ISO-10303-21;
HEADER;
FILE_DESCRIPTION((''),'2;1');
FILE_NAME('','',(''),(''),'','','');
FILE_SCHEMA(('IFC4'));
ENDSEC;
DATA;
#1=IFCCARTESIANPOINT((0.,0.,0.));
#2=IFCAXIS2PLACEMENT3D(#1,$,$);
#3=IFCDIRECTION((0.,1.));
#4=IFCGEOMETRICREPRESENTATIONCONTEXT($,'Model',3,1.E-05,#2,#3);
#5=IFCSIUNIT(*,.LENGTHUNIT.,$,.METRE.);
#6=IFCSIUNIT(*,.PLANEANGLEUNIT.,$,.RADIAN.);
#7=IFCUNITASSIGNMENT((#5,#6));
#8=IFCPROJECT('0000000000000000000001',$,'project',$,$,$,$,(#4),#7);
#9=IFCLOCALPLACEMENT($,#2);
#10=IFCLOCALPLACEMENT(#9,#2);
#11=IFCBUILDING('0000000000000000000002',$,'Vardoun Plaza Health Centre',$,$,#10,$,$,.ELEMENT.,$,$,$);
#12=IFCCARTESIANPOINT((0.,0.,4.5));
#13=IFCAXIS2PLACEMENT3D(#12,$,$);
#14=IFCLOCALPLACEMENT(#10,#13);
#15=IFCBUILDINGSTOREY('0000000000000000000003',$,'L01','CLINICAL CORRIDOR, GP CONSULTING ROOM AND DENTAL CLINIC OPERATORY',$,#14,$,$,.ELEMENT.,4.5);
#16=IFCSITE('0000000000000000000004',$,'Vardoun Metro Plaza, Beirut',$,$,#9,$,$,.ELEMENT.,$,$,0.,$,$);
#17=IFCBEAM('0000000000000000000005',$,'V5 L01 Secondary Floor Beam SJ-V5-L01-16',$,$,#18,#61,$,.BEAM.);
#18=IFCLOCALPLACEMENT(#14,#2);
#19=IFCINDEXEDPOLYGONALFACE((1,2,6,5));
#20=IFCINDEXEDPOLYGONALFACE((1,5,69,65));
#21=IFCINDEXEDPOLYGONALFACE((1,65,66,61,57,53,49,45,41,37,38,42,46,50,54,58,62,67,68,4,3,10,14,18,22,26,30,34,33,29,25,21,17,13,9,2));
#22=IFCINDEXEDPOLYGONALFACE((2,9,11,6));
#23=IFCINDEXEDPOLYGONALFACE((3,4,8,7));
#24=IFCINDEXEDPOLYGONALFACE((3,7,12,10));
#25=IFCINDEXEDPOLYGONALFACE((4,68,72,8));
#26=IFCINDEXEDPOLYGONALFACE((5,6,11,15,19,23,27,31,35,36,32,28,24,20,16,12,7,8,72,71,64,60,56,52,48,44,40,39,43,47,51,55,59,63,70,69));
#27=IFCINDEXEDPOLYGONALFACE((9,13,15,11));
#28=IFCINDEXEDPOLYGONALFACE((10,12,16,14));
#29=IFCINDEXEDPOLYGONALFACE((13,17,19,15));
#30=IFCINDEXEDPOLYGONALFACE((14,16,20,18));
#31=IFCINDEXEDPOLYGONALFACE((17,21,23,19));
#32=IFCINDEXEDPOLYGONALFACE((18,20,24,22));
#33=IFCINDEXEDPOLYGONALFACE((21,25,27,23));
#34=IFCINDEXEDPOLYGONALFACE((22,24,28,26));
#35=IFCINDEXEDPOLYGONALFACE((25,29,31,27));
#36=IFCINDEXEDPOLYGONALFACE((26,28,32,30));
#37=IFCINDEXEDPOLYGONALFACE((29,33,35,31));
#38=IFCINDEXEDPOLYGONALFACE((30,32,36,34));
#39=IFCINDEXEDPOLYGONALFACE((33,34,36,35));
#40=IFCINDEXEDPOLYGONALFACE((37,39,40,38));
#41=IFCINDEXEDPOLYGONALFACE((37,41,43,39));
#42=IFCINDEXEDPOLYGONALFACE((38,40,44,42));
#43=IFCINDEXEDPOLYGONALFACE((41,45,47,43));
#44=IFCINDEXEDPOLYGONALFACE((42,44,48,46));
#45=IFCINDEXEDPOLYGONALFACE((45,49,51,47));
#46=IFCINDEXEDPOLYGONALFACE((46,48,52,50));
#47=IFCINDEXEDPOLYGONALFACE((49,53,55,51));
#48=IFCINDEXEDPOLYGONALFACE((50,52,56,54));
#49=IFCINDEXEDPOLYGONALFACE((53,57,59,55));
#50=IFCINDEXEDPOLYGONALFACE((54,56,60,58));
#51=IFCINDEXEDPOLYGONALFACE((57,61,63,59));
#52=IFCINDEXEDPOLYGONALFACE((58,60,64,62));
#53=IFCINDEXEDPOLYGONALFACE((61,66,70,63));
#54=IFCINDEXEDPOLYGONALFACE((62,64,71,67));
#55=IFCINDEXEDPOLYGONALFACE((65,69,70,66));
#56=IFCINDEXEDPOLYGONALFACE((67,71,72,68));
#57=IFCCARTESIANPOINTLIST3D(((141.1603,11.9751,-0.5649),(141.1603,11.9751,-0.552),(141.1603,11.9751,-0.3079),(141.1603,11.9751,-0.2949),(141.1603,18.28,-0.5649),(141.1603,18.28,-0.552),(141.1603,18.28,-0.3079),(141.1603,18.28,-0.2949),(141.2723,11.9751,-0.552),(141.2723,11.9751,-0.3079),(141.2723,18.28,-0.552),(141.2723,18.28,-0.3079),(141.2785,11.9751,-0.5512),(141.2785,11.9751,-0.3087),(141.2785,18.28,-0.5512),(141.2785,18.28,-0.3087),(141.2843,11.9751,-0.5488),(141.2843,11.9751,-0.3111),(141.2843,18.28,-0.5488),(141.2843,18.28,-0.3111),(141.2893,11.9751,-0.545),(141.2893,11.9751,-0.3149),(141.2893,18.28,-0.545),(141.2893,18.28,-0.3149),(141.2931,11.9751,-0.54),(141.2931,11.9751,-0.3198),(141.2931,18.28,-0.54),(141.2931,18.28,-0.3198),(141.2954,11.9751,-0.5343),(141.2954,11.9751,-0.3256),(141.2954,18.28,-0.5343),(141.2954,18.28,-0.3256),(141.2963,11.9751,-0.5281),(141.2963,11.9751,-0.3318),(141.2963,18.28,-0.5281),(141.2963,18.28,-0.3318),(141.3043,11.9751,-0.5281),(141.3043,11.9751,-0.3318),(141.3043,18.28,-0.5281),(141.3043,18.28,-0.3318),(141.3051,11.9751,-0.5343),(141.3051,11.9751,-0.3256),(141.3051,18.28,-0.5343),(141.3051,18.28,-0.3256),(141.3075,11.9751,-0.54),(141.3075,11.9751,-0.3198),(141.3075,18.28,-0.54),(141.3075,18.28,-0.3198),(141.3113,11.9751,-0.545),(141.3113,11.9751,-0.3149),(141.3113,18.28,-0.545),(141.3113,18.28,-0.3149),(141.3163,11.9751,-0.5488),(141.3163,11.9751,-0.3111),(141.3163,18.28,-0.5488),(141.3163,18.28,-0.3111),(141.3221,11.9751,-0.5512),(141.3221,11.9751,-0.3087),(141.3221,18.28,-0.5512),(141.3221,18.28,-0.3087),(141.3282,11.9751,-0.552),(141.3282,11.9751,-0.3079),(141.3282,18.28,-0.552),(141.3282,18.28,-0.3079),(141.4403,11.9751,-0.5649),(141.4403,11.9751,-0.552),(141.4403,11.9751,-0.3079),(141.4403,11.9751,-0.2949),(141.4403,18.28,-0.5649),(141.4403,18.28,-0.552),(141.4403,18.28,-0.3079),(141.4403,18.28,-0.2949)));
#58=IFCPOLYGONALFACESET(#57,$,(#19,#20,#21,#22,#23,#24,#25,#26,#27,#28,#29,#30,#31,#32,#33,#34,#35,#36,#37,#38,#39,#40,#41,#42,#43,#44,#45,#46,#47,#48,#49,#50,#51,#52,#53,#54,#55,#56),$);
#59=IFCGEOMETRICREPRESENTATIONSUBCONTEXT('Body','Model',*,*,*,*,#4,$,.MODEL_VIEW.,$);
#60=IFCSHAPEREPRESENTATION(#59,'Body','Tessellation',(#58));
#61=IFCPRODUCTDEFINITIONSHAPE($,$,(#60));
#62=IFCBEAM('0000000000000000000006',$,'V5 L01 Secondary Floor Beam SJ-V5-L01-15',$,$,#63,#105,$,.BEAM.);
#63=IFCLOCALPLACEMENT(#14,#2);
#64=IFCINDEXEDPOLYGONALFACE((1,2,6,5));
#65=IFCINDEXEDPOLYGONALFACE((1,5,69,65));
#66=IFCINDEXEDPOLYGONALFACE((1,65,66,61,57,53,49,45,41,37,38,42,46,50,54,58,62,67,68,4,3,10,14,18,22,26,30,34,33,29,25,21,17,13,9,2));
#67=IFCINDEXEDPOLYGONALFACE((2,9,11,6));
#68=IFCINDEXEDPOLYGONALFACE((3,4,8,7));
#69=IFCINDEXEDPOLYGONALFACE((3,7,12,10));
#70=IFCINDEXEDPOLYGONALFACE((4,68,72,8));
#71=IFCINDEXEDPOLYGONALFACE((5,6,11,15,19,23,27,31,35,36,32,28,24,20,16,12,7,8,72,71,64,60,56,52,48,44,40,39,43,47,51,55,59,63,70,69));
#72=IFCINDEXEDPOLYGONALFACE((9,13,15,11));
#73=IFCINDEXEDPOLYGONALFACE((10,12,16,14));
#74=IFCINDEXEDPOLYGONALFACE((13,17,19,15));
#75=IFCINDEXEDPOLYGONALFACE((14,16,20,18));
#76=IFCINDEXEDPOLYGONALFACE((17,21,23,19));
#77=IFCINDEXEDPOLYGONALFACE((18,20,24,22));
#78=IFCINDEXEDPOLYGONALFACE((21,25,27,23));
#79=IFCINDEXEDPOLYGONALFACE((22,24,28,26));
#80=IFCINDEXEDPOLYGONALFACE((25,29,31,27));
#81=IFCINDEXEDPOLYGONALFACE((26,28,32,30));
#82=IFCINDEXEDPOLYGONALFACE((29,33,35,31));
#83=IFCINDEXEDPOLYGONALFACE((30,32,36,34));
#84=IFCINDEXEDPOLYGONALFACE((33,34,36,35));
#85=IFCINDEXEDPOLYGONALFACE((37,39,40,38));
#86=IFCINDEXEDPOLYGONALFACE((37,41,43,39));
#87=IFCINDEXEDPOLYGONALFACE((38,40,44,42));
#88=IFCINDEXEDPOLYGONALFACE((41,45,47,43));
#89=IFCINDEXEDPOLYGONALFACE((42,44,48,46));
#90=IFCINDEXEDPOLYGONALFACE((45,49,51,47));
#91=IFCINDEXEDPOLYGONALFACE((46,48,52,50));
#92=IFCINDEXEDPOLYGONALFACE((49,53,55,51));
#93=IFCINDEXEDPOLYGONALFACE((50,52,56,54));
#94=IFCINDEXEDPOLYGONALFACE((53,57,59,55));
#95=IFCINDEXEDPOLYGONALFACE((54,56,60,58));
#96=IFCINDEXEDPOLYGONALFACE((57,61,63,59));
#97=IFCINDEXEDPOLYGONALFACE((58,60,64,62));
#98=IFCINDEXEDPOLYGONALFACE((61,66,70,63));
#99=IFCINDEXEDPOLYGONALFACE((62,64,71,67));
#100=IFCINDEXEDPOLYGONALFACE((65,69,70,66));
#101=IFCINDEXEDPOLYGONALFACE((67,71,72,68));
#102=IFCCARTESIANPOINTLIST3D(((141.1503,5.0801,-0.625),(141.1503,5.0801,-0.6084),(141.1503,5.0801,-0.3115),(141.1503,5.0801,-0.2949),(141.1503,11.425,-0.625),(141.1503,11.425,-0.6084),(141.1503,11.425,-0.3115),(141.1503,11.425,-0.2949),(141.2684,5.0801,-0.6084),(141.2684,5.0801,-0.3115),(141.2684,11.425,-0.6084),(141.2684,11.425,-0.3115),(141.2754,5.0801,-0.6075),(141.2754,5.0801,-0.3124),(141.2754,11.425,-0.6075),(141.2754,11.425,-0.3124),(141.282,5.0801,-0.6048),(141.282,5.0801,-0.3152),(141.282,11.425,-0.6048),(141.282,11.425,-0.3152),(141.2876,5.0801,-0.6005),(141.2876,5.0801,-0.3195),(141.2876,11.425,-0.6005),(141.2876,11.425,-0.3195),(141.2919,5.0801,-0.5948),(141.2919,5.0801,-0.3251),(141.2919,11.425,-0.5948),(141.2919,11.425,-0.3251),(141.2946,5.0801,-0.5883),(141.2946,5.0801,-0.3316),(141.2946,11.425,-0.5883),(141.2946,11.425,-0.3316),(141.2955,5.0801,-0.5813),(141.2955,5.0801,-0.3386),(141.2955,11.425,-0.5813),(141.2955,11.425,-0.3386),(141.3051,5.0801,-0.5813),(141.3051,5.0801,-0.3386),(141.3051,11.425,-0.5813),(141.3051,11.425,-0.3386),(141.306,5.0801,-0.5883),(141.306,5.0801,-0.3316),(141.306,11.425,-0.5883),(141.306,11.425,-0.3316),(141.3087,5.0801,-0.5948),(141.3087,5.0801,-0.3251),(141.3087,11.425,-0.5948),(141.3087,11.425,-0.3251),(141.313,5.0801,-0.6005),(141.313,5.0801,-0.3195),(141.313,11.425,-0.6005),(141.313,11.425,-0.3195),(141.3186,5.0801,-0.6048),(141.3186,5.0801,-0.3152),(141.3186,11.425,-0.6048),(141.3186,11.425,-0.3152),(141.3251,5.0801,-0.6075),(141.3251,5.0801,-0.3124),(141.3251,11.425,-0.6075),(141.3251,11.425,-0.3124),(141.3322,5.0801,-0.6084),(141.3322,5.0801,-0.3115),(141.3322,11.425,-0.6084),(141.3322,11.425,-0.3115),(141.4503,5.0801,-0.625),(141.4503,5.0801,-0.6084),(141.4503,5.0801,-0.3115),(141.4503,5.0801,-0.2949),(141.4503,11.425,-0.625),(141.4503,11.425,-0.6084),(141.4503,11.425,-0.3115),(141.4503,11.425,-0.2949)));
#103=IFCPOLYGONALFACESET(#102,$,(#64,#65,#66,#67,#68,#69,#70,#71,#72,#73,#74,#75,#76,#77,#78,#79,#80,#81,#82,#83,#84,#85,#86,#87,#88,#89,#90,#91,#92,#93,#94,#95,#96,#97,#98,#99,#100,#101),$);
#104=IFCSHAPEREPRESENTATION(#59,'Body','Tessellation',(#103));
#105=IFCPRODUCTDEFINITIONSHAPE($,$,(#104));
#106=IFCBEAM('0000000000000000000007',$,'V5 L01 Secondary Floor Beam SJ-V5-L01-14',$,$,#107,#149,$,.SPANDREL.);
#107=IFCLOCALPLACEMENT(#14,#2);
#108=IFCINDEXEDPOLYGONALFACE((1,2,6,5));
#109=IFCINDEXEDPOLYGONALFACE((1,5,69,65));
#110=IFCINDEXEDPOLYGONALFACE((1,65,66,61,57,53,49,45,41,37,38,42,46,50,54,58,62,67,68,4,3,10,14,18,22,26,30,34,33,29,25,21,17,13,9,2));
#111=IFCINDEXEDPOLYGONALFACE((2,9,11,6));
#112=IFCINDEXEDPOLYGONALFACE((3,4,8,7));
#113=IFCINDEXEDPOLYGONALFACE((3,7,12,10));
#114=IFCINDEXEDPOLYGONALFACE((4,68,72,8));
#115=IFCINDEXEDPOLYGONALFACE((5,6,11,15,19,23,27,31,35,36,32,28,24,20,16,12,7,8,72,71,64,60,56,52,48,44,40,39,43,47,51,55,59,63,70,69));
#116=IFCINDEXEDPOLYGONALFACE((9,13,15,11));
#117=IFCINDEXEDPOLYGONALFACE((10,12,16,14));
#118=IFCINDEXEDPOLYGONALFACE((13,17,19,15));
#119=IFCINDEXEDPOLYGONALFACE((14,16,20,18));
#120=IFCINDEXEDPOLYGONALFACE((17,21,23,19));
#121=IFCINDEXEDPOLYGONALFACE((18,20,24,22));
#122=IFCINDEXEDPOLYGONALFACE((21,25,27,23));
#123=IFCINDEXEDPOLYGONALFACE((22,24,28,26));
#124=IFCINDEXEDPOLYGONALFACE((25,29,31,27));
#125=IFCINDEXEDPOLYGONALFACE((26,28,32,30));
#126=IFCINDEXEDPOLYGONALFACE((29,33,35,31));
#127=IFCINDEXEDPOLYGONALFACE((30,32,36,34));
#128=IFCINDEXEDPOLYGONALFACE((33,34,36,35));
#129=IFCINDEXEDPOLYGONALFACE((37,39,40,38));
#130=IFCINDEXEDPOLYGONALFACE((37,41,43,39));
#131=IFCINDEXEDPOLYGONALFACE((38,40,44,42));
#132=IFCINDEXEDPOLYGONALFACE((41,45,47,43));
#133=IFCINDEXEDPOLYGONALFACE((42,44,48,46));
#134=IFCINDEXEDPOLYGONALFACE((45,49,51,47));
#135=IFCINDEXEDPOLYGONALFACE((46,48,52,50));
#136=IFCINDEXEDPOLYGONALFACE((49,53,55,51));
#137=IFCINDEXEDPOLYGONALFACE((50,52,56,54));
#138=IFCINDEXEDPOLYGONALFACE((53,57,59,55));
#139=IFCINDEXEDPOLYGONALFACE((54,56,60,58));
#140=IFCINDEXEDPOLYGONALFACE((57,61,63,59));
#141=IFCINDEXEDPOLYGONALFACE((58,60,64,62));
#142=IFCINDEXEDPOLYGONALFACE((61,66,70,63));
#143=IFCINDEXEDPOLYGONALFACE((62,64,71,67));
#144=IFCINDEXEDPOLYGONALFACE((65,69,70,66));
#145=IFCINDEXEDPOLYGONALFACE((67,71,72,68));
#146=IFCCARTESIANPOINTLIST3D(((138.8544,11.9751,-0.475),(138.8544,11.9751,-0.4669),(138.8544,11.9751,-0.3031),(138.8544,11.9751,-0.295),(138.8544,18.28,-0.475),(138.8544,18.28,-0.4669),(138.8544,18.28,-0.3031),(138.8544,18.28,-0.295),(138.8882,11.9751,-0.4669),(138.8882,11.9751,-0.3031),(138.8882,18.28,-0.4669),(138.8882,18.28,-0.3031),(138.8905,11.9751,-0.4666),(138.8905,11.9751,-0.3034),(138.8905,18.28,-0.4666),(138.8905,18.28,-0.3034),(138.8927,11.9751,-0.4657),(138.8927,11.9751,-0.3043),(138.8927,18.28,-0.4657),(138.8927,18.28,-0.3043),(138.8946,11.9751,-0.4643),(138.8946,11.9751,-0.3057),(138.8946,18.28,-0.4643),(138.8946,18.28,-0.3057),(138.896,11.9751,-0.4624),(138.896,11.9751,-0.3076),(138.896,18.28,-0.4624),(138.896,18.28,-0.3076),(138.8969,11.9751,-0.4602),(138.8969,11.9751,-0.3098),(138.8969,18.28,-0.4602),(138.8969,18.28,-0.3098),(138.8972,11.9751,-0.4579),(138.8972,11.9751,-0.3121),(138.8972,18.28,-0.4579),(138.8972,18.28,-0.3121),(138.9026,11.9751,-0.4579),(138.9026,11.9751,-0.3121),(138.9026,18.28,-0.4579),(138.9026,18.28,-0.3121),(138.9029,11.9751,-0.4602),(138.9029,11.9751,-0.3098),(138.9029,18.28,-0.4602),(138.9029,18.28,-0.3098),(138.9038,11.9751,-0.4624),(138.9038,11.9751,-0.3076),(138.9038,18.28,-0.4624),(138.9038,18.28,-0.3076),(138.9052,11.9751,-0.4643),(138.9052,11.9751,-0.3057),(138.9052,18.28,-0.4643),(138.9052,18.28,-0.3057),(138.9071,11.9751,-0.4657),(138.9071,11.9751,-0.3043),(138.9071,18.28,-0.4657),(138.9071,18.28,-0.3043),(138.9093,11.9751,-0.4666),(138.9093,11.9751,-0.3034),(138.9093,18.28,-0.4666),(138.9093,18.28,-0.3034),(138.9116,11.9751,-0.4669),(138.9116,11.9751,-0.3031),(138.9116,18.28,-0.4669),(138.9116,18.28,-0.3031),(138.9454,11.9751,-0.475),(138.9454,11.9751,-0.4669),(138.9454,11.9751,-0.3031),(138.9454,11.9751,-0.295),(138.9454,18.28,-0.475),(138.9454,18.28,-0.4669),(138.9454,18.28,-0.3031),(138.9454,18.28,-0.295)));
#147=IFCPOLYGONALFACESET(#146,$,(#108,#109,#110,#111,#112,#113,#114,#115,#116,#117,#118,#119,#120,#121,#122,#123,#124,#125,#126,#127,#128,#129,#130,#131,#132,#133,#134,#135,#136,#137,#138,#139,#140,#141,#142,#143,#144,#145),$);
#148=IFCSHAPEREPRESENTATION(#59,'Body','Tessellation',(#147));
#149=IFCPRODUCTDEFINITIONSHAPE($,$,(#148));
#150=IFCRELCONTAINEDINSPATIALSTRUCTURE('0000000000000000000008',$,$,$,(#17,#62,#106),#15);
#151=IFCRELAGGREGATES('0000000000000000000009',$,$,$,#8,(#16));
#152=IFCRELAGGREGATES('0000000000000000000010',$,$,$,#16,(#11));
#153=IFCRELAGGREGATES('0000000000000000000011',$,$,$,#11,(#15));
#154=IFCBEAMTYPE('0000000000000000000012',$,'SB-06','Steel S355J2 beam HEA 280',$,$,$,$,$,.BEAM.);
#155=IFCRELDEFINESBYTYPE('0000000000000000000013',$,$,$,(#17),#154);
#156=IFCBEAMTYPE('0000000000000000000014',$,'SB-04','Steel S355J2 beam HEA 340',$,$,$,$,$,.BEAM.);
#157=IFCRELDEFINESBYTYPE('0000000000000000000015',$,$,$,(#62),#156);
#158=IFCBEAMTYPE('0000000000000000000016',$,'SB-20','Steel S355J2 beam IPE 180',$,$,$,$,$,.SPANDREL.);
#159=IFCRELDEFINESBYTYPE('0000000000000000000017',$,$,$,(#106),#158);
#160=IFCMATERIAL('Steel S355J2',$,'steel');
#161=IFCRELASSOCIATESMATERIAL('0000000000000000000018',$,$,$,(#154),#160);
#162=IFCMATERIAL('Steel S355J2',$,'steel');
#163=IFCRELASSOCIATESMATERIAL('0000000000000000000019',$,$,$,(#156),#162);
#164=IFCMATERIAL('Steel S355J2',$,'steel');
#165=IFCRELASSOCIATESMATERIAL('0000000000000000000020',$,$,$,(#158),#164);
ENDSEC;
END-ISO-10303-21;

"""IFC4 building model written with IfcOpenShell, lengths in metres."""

from ifc_helpers import new_model, si_unit, direction, frame, origin, origin_2d, place, context, subcontext, project, spatial, i_section, extrude, material, material_profile, profile_set, type_object, element, save


model = new_model("IFC4")

# Units and contexts
model_context = context("Model", 3, precision=1e-05, world=origin(), true_north=direction((0.0, 1.0)))
body_context = subcontext(model_context, "Body", "Model", "MODEL_VIEW")
ifc_project = project(units=[si_unit("LENGTHUNIT", "METRE"), si_unit("PLANEANGLEUNIT", "RADIAN")], contexts=[model_context])

# Site, building, storey
site_placement = place(None, origin())
site = spatial("IfcSite", under=ifc_project, at=site_placement, Name="Vardoun Metro Plaza, Beirut", CompositionType="ELEMENT", RefElevation=0.0)
building_placement = place(site_placement, origin())
building = spatial("IfcBuilding", under=site, at=building_placement, Name="Vardoun Plaza Health Centre", CompositionType="ELEMENT")
storey_placement = place(building_placement, frame((0.0, 0.0, 4.5)))
storey = spatial("IfcBuildingStorey", under=building, at=storey_placement, Name="L01", Description="CLINICAL CORRIDOR, GP CONSULTING ROOM AND DENTAL CLINIC OPERATORY", CompositionType="ELEMENT", Elevation=4.5)

# Beams
ifc_material_1 = material(Name="Steel S355J2", Category="steel")
ifc_material_profile_1 = material_profile(ifc_material_1, i_section(OverallWidth=0.28, OverallDepth=0.27, WebThickness=0.0081, FlangeThickness=0.0129, FilletRadius=0.0239, at=origin_2d()), Name="HEA 280")
ifc_profile_set_1 = profile_set([ifc_material_profile_1], Name="Steel S355J2")
beam_type_1 = type_object("IfcBeamType", Name="SB-06", Description="Steel S355J2 beam HEA 280", PredefinedType="BEAM", material=ifc_profile_set_1)
beam_1_placement = place(storey_placement, frame((141.3003, 11.9751, -0.4299), z_axis=(0.0, 1.0, 0.0), x_axis=(-1.0, 0.0, 0.0)))
element("IfcBeam", 1, at=beam_1_placement, inside=storey, type_object=beam_type_1, Name="V5 L01 Secondary Floor Beam SJ-V5-L01-16", PredefinedType="BEAM", context=body_context, shape_type="SweptSolid", body=[
    extrude(i_section(OverallWidth=0.28, OverallDepth=0.27, WebThickness=0.0081, FlangeThickness=0.0129, FilletRadius=0.0239, at=origin_2d()), origin(), (0.0, 0.0, 1.0), 6.3049),
])
ifc_material_2 = material(Name="Steel S355J2", Category="steel")
ifc_material_profile_2 = material_profile(ifc_material_2, i_section(OverallWidth=0.3, OverallDepth=0.3301, WebThickness=0.0095, FlangeThickness=0.0166, FilletRadius=0.0271, at=origin_2d()), Name="HEA 340")
ifc_profile_set_2 = profile_set([ifc_material_profile_2], Name="Steel S355J2")
beam_type_2 = type_object("IfcBeamType", Name="SB-04", Description="Steel S355J2 beam HEA 340", PredefinedType="BEAM", material=ifc_profile_set_2)
beam_2_placement = place(storey_placement, frame((141.3003, 5.0801, -0.46), z_axis=(0.0, 1.0, 0.0), x_axis=(-1.0, 0.0, 0.0)))
element("IfcBeam", 2, at=beam_2_placement, inside=storey, type_object=beam_type_2, Name="V5 L01 Secondary Floor Beam SJ-V5-L01-15", PredefinedType="BEAM", context=body_context, shape_type="SweptSolid", body=[
    extrude(i_section(OverallWidth=0.3, OverallDepth=0.3301, WebThickness=0.0095, FlangeThickness=0.0166, FilletRadius=0.0271, at=origin_2d()), origin(), (0.0, 0.0, 1.0), 6.345),
])
ifc_material_3 = material(Name="Steel S355J2", Category="steel")
ifc_material_profile_3 = material_profile(ifc_material_3, i_section(OverallWidth=0.0911, OverallDepth=0.1799, WebThickness=0.0054, FlangeThickness=0.0081, FilletRadius=0.009, at=origin_2d()), Name="IPE 180")
ifc_profile_set_3 = profile_set([ifc_material_profile_3], Name="Steel S355J2")
beam_type_3 = type_object("IfcBeamType", Name="SB-20", Description="Steel S355J2 beam IPE 180", PredefinedType="SPANDREL", material=ifc_profile_set_3)
beam_3_placement = place(storey_placement, frame((138.8999, 11.9751, -0.385), z_axis=(0.0, 1.0, 0.0), x_axis=(-1.0, 0.0, 0.0)))
element("IfcBeam", 3, at=beam_3_placement, inside=storey, type_object=beam_type_3, Name="V5 L01 Secondary Floor Beam SJ-V5-L01-14", PredefinedType="SPANDREL", context=body_context, shape_type="SweptSolid", body=[
    extrude(i_section(OverallWidth=0.0911, OverallDepth=0.1799, WebThickness=0.0054, FlangeThickness=0.0081, FilletRadius=0.009, at=origin_2d()), origin(), (0.0, 0.0, 1.0), 6.3049),
])

save(model, "model.ifc")
